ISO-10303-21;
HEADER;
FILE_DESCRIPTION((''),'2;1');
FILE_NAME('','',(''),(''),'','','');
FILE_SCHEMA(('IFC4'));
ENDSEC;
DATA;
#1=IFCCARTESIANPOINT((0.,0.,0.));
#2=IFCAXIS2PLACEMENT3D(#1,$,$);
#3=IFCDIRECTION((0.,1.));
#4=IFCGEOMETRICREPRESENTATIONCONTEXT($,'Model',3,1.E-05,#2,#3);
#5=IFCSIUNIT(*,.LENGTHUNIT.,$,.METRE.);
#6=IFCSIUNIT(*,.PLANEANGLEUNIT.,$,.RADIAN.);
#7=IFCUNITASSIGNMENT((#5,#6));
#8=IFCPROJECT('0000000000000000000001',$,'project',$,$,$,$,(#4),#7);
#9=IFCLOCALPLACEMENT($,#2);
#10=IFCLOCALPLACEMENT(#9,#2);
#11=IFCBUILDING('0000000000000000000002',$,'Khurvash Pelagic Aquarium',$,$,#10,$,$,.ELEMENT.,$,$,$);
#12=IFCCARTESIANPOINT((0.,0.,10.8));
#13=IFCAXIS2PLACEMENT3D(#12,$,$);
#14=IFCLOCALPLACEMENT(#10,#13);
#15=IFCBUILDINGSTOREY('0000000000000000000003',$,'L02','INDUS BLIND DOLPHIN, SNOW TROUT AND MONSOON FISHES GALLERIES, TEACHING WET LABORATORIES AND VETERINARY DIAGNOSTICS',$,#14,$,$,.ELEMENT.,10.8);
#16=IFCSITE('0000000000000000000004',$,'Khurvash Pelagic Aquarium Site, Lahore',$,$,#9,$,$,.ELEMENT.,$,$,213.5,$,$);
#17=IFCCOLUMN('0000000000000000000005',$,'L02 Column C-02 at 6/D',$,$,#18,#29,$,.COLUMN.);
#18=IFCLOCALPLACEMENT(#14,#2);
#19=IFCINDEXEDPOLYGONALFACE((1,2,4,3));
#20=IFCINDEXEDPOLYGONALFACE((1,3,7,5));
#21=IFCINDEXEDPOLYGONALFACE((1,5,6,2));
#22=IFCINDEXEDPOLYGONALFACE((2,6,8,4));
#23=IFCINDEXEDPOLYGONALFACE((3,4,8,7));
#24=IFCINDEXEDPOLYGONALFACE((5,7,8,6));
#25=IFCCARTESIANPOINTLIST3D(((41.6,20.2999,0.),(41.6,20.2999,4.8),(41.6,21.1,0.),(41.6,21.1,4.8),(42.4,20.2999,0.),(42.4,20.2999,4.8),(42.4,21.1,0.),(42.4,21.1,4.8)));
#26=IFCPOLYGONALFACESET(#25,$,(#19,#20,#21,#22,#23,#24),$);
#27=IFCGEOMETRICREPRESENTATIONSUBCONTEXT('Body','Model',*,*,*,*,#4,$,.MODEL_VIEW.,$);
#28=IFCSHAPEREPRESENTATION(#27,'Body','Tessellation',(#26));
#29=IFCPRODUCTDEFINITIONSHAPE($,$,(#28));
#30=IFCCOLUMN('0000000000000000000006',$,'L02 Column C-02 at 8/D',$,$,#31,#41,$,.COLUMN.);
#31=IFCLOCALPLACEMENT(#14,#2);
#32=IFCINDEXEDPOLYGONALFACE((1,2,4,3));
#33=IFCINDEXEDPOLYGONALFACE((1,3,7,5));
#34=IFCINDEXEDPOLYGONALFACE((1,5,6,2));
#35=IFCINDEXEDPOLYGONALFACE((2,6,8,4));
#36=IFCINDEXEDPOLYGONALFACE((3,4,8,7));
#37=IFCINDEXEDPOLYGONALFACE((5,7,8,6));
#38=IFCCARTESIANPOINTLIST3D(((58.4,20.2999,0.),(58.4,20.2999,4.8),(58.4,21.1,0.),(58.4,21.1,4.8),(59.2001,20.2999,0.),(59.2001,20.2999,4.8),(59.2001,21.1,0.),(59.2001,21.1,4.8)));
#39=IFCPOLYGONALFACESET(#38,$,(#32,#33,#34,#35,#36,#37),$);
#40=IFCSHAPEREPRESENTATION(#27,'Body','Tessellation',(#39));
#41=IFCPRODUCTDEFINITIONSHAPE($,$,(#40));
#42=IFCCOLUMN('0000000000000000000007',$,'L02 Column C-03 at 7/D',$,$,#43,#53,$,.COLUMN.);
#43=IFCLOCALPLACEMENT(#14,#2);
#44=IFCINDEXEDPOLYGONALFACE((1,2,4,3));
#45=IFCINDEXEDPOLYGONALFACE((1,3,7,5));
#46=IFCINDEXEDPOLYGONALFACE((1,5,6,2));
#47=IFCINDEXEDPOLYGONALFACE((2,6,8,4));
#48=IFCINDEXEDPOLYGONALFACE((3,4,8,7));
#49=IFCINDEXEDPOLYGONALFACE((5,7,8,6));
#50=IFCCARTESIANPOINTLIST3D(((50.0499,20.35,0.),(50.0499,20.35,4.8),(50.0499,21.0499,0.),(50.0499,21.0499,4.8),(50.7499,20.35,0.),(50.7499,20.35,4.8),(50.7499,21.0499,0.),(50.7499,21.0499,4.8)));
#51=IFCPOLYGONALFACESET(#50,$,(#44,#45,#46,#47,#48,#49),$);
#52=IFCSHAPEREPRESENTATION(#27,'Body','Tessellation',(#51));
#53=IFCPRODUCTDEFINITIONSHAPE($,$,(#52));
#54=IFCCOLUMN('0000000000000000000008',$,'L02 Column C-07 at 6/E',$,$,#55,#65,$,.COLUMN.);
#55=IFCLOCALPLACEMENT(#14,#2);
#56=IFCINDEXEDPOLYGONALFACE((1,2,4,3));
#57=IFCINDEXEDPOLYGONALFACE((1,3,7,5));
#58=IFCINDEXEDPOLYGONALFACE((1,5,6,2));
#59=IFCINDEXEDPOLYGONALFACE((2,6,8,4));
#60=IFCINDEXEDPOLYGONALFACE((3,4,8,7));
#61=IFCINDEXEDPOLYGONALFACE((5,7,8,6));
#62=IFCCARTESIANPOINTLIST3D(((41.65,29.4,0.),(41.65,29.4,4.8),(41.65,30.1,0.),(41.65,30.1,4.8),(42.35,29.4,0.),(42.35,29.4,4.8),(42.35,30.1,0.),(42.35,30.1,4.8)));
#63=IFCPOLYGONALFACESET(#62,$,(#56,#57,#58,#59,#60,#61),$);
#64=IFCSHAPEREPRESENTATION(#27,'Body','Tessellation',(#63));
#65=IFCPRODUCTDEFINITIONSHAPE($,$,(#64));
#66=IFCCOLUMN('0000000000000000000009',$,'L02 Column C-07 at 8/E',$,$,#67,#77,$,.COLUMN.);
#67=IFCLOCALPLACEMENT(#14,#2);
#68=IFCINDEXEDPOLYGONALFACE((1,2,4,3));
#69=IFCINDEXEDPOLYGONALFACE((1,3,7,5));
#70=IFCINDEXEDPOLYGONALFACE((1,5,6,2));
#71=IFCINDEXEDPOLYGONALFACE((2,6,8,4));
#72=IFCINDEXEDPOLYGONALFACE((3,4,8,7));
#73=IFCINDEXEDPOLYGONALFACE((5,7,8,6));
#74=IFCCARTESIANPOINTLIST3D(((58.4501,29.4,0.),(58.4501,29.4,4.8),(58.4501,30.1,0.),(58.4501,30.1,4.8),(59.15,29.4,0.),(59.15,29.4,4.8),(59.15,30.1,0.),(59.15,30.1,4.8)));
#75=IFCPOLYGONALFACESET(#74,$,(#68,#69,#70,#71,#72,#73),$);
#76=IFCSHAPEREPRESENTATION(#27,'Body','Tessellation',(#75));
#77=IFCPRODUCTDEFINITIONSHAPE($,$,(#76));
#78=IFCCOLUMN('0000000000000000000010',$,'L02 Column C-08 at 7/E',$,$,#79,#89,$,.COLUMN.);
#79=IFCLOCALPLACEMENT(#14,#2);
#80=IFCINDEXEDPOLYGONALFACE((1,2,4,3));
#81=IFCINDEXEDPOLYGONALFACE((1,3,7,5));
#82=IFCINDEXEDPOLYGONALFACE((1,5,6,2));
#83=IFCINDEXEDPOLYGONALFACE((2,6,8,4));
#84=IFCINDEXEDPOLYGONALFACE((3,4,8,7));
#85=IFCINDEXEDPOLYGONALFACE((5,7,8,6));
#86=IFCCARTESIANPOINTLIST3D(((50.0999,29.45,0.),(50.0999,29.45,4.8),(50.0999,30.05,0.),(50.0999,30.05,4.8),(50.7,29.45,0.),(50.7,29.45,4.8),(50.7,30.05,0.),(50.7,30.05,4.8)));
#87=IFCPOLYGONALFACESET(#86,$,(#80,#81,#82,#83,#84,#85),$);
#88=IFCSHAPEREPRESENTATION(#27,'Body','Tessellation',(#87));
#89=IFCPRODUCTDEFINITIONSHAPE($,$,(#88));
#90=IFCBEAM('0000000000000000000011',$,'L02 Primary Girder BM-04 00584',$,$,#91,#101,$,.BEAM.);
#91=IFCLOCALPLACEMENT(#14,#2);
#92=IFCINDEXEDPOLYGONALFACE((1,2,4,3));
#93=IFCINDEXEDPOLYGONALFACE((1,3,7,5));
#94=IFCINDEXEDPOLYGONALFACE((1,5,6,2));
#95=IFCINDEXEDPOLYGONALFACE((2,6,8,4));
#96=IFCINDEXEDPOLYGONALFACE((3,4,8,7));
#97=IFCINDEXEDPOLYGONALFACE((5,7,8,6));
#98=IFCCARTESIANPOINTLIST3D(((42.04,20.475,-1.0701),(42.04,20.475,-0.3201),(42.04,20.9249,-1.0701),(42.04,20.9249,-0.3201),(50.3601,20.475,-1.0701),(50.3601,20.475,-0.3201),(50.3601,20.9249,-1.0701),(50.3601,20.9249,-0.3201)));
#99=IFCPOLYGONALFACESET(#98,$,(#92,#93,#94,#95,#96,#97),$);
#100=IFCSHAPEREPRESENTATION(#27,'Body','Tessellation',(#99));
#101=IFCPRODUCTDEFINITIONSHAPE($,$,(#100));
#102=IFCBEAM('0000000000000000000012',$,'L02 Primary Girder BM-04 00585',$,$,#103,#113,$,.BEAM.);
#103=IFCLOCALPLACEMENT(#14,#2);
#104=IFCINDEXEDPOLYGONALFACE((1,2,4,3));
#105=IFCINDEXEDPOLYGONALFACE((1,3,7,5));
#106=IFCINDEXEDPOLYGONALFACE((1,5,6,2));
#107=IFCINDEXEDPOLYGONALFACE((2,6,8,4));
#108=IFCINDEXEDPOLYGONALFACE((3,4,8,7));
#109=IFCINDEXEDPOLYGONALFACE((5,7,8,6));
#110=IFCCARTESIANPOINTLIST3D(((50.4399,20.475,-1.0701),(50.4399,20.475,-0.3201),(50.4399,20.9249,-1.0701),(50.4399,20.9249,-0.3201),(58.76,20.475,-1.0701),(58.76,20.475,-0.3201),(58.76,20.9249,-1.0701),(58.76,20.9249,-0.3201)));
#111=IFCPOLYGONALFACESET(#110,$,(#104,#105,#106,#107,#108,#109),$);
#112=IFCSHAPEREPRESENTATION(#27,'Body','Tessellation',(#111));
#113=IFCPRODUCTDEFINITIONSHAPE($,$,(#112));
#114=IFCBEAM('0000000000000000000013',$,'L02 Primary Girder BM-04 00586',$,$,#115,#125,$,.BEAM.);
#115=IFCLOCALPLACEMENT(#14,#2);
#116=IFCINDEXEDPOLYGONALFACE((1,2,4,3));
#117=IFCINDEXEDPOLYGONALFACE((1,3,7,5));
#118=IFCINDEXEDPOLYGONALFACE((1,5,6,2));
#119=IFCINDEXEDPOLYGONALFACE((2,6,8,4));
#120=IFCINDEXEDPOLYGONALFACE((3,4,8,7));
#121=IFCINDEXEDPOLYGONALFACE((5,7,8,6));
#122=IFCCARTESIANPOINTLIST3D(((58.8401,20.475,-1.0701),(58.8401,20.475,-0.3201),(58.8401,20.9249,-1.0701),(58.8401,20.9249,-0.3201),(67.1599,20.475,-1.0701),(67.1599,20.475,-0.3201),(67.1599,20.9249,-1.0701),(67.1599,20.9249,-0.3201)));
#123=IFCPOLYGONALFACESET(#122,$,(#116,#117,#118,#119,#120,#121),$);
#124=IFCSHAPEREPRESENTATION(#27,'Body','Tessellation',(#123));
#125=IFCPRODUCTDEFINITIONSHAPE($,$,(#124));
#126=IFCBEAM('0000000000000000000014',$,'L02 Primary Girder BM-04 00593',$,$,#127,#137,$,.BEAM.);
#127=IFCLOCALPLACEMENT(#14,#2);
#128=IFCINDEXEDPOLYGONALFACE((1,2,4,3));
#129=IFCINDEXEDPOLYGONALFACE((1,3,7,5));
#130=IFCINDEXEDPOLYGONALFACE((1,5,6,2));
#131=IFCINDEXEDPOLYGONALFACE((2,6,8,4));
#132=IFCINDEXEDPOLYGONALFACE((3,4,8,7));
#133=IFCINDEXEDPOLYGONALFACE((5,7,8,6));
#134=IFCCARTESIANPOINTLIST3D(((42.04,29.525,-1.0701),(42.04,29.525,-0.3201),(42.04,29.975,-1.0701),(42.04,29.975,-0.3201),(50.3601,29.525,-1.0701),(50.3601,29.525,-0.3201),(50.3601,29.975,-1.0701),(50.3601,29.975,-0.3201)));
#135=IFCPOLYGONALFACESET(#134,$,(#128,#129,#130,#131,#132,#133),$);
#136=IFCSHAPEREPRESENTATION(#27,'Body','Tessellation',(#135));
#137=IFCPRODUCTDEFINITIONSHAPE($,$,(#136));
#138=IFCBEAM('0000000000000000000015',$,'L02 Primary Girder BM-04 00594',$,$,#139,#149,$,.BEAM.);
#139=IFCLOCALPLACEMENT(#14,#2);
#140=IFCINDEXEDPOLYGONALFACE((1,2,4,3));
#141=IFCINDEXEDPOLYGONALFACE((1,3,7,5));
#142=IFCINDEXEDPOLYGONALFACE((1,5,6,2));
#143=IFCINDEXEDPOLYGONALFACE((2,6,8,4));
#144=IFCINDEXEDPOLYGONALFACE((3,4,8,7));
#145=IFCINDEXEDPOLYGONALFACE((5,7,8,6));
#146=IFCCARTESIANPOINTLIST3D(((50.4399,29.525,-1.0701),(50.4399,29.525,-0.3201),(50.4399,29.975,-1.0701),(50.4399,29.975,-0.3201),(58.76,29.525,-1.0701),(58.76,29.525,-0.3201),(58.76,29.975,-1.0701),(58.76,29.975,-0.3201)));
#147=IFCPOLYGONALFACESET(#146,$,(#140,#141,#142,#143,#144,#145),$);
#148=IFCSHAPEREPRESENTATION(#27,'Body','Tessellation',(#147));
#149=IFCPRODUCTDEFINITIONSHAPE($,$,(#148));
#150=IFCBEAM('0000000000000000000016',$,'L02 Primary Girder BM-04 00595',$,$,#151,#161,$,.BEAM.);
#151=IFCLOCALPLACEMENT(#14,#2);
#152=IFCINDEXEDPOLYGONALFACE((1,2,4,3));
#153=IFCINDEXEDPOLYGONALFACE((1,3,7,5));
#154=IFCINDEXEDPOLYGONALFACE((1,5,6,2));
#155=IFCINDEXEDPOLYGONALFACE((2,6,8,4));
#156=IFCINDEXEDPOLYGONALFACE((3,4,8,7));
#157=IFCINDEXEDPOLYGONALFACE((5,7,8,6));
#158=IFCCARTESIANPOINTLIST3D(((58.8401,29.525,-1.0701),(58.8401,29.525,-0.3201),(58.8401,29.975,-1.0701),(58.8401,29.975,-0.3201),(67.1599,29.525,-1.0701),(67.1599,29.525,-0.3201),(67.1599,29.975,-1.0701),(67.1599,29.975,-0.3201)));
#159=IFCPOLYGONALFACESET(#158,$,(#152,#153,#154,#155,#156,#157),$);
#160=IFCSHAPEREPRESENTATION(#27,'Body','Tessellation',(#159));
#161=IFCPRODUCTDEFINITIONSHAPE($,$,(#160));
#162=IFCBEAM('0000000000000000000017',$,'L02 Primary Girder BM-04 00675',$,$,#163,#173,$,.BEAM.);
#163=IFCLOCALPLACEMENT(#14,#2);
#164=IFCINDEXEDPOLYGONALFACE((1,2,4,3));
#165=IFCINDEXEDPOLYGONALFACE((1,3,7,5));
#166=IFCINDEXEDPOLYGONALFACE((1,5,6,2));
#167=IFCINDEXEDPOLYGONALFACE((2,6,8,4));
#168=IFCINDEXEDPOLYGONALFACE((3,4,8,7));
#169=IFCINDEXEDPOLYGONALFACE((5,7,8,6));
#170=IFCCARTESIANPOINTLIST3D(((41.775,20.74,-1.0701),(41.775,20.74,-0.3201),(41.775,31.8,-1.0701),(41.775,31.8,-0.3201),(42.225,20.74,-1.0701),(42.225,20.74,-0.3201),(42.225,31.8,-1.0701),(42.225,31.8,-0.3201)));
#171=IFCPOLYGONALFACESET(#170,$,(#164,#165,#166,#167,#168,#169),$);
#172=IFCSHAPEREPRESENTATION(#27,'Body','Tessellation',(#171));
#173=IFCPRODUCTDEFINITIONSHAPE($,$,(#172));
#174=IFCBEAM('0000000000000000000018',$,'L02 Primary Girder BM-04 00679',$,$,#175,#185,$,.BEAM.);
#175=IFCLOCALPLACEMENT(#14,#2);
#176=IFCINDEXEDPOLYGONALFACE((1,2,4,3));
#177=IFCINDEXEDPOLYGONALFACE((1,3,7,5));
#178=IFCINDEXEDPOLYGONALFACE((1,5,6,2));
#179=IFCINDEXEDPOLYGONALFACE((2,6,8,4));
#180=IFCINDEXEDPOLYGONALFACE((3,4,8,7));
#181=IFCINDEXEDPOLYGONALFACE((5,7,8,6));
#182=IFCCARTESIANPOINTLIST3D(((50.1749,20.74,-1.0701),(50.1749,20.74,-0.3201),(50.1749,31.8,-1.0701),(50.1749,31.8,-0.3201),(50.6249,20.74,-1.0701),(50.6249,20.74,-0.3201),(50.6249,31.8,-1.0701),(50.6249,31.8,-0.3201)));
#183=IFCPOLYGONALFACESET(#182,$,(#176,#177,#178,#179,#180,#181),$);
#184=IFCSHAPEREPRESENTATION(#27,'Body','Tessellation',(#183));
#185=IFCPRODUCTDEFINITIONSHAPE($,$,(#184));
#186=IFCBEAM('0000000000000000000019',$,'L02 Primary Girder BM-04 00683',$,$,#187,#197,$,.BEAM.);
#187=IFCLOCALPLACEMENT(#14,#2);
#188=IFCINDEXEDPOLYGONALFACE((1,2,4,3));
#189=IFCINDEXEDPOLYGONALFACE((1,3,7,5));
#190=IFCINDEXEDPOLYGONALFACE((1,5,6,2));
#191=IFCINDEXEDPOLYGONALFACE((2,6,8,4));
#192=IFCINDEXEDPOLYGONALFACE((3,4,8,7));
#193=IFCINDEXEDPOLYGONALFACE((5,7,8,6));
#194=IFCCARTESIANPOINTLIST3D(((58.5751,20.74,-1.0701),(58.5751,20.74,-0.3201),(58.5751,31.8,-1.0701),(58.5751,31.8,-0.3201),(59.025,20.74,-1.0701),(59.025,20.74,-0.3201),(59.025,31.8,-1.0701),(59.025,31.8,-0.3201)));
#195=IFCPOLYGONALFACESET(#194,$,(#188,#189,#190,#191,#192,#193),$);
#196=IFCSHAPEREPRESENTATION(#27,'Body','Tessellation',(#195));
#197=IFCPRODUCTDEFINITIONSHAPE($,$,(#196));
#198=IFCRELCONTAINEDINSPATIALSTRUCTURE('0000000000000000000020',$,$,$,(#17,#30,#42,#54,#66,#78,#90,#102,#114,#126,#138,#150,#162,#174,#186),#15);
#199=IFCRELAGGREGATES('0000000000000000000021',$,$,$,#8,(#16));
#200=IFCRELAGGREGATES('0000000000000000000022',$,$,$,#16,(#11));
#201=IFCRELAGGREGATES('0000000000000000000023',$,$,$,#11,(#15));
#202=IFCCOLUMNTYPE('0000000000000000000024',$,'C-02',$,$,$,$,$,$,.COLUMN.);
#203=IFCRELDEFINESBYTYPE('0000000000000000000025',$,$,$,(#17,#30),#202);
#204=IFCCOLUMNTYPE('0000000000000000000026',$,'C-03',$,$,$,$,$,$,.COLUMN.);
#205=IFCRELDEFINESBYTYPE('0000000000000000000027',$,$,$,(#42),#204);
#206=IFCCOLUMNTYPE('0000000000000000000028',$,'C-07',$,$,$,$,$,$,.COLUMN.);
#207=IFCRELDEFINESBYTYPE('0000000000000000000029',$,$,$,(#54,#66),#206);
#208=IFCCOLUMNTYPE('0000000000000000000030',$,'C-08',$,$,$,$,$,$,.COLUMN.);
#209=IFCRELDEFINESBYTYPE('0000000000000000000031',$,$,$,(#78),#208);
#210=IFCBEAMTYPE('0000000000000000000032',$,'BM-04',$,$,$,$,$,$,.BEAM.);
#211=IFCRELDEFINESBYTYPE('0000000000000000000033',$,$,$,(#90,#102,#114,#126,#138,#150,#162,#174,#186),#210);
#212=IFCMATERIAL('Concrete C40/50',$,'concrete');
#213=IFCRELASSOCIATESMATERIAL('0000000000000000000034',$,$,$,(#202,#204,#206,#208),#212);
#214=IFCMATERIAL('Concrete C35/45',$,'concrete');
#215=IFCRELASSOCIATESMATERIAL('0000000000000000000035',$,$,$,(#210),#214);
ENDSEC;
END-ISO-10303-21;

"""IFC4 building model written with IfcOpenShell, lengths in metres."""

from ifc_helpers import new_model, si_unit, direction, frame, origin, origin_2d, place, context, subcontext, project, spatial, rectangle, extrude, material, material_profile, profile_set, type_object, element, save


model = new_model("IFC4")

# Units and contexts
model_context = context("Model", 3, precision=1e-05, world=origin(), true_north=direction((0.0, 1.0)))
body_context = subcontext(model_context, "Body", "Model", "MODEL_VIEW")
ifc_project = project(units=[si_unit("LENGTHUNIT", "METRE"), si_unit("PLANEANGLEUNIT", "RADIAN")], contexts=[model_context])

# Site, building, storey
site_placement = place(None, origin())
site = spatial("IfcSite", under=ifc_project, at=site_placement, Name="Khurvash Pelagic Aquarium Site, Lahore", CompositionType="ELEMENT", RefElevation=213.5)
building_placement = place(site_placement, origin())
building = spatial("IfcBuilding", under=site, at=building_placement, Name="Khurvash Pelagic Aquarium", CompositionType="ELEMENT")
storey_placement = place(building_placement, frame((0.0, 0.0, 10.8)))
storey = spatial("IfcBuildingStorey", under=building, at=storey_placement, Name="L02", Description="INDUS BLIND DOLPHIN, SNOW TROUT AND MONSOON FISHES GALLERIES, TEACHING WET LABORATORIES AND VETERINARY DIAGNOSTICS", CompositionType="ELEMENT", Elevation=10.8)

# Columns
ifc_material_1 = material(Name="Concrete C40/50", Category="concrete")
ifc_material_profile_1 = material_profile(ifc_material_1, rectangle(XDim=0.8, YDim=0.8, at=origin_2d()), Name="RC800X800")
ifc_profile_set_1 = profile_set([ifc_material_profile_1], Name="Concrete C40/50")
column_type_1 = type_object("IfcColumnType", Name="C-02", PredefinedType="COLUMN", material=ifc_profile_set_1)
for number, where, z_axis, x_axis, name in (
    (1, (42.0, 20.7, 0.0), (0.0, 0.0, 1.0), (1.0, 0.0, 0.0), "L02 Column C-02 at 6/D"),
    (2, (58.8, 20.7, 0.0), (0.0, 0.0, 1.0), (1.0, 0.0, 0.0), "L02 Column C-02 at 8/D"),
):
    element("IfcColumn", number, at=place(storey_placement, frame(where, z_axis=z_axis, x_axis=x_axis)), inside=storey, type_object=column_type_1, Name=name, PredefinedType="COLUMN", context=body_context, shape_type="SweptSolid", body=[
        extrude(rectangle(XDim=0.8, YDim=0.8, at=origin_2d()), origin(), (0.0, 0.0, 1.0), 4.8),
    ])
ifc_material_profile_2 = material_profile(ifc_material_1, rectangle(XDim=0.7, YDim=0.7, at=origin_2d()), Name="RC700X700")
ifc_profile_set_2 = profile_set([ifc_material_profile_2], Name="Concrete C40/50")
column_type_2 = type_object("IfcColumnType", Name="C-03", PredefinedType="COLUMN", material=ifc_profile_set_2)
column_1_placement = place(storey_placement, frame((50.3999, 20.7, 0.0), z_axis=(0.0, 0.0, 1.0), x_axis=(1.0, 0.0, 0.0)))
element("IfcColumn", 3, at=column_1_placement, inside=storey, type_object=column_type_2, Name="L02 Column C-03 at 7/D", PredefinedType="COLUMN", context=body_context, shape_type="SweptSolid", body=[
    extrude(rectangle(XDim=0.7, YDim=0.7, at=origin_2d()), origin(), (0.0, 0.0, 1.0), 4.8),
])
ifc_material_profile_3 = material_profile(ifc_material_1, rectangle(XDim=0.7, YDim=0.7, at=origin_2d()), Name="RC700X700")
ifc_profile_set_3 = profile_set([ifc_material_profile_3], Name="Concrete C40/50")
column_type_3 = type_object("IfcColumnType", Name="C-07", PredefinedType="COLUMN", material=ifc_profile_set_3)
for number, where, z_axis, x_axis, name in (
    (4, (42.0, 29.75, 0.0), (0.0, 0.0, 1.0), (1.0, 0.0, 0.0), "L02 Column C-07 at 6/E"),
    (5, (58.8, 29.75, 0.0), (0.0, 0.0, 1.0), (1.0, 0.0, 0.0), "L02 Column C-07 at 8/E"),
):
    element("IfcColumn", number, at=place(storey_placement, frame(where, z_axis=z_axis, x_axis=x_axis)), inside=storey, type_object=column_type_3, Name=name, PredefinedType="COLUMN", context=body_context, shape_type="SweptSolid", body=[
        extrude(rectangle(XDim=0.7, YDim=0.7, at=origin_2d()), origin(), (0.0, 0.0, 1.0), 4.8),
    ])
ifc_material_profile_4 = material_profile(ifc_material_1, rectangle(XDim=0.6001, YDim=0.6001, at=origin_2d()), Name="RC600X600")
ifc_profile_set_4 = profile_set([ifc_material_profile_4], Name="Concrete C40/50")
column_type_4 = type_object("IfcColumnType", Name="C-08", PredefinedType="COLUMN", material=ifc_profile_set_4)
column_2_placement = place(storey_placement, frame((50.3999, 29.75, 0.0), z_axis=(0.0, 0.0, 1.0), x_axis=(1.0, 0.0, 0.0)))
element("IfcColumn", 6, at=column_2_placement, inside=storey, type_object=column_type_4, Name="L02 Column C-08 at 7/E", PredefinedType="COLUMN", context=body_context, shape_type="SweptSolid", body=[
    extrude(rectangle(XDim=0.6001, YDim=0.6001, at=origin_2d()), origin(), (0.0, 0.0, 1.0), 4.8),
])

# Beams
ifc_material_2 = material(Name="Concrete C35/45", Category="concrete")
ifc_material_profile_5 = material_profile(ifc_material_2, rectangle(XDim=0.45, YDim=0.75, at=origin_2d()), Name="RC450X750")
ifc_profile_set_5 = profile_set([ifc_material_profile_5], Name="Concrete C35/45")
beam_type_1 = type_object("IfcBeamType", Name="BM-04", PredefinedType="BEAM", material=ifc_profile_set_5)
for number, where, z_axis, x_axis, name in (
    (7, (42.04, 20.7, -0.6951), (1.0, 0.0, 0.0), (0.0, 1.0, 0.0), "L02 Primary Girder BM-04 00584"),
    (8, (50.4399, 20.7, -0.6951), (1.0, 0.0, 0.0), (0.0, 1.0, 0.0), "L02 Primary Girder BM-04 00585"),
):
    element("IfcBeam", number, at=place(storey_placement, frame(where, z_axis=z_axis, x_axis=x_axis)), inside=storey, type_object=beam_type_1, Name=name, PredefinedType="BEAM", context=body_context, shape_type="SweptSolid", body=[
        extrude(rectangle(XDim=0.45, YDim=0.75, at=origin_2d()), origin(), (0.0, 0.0, 1.0), 8.3201),
    ])
beam_1_placement = place(storey_placement, frame((58.8401, 20.7, -0.6951), z_axis=(1.0, 0.0, 0.0), x_axis=(0.0, 1.0, 0.0)))
element("IfcBeam", 9, at=beam_1_placement, inside=storey, type_object=beam_type_1, Name="L02 Primary Girder BM-04 00586", PredefinedType="BEAM", context=body_context, shape_type="SweptSolid", body=[
    extrude(rectangle(XDim=0.45, YDim=0.75, at=origin_2d()), origin(), (0.0, 0.0, 1.0), 8.3198),
])
for number, where, z_axis, x_axis, name in (
    (10, (42.04, 29.75, -0.6951), (1.0, 0.0, 0.0), (0.0, 1.0, 0.0), "L02 Primary Girder BM-04 00593"),
    (11, (50.4399, 29.75, -0.6951), (1.0, 0.0, 0.0), (0.0, 1.0, 0.0), "L02 Primary Girder BM-04 00594"),
):
    element("IfcBeam", number, at=place(storey_placement, frame(where, z_axis=z_axis, x_axis=x_axis)), inside=storey, type_object=beam_type_1, Name=name, PredefinedType="BEAM", context=body_context, shape_type="SweptSolid", body=[
        extrude(rectangle(XDim=0.45, YDim=0.75, at=origin_2d()), origin(), (0.0, 0.0, 1.0), 8.3201),
    ])
beam_2_placement = place(storey_placement, frame((58.8401, 29.75, -0.6951), z_axis=(1.0, 0.0, 0.0), x_axis=(0.0, 1.0, 0.0)))
element("IfcBeam", 12, at=beam_2_placement, inside=storey, type_object=beam_type_1, Name="L02 Primary Girder BM-04 00595", PredefinedType="BEAM", context=body_context, shape_type="SweptSolid", body=[
    extrude(rectangle(XDim=0.45, YDim=0.75, at=origin_2d()), origin(), (0.0, 0.0, 1.0), 8.3198),
])
for number, where, z_axis, x_axis, name in (
    (13, (42.0, 20.74, -0.6951), (0.0, 1.0, 0.0), (-1.0, 0.0, 0.0), "L02 Primary Girder BM-04 00675"),
    (14, (50.3999, 20.74, -0.6951), (0.0, 1.0, 0.0), (-1.0, 0.0, 0.0), "L02 Primary Girder BM-04 00679"),
    (15, (58.8, 20.74, -0.6951), (0.0, 1.0, 0.0), (-1.0, 0.0, 0.0), "L02 Primary Girder BM-04 00683"),
):
    element("IfcBeam", number, at=place(storey_placement, frame(where, z_axis=z_axis, x_axis=x_axis)), inside=storey, type_object=beam_type_1, Name=name, PredefinedType="BEAM", context=body_context, shape_type="SweptSolid", body=[
        extrude(rectangle(XDim=0.45, YDim=0.75, at=origin_2d()), origin(), (0.0, 0.0, 1.0), 11.0601),
    ])

save(model, "model.ifc")
